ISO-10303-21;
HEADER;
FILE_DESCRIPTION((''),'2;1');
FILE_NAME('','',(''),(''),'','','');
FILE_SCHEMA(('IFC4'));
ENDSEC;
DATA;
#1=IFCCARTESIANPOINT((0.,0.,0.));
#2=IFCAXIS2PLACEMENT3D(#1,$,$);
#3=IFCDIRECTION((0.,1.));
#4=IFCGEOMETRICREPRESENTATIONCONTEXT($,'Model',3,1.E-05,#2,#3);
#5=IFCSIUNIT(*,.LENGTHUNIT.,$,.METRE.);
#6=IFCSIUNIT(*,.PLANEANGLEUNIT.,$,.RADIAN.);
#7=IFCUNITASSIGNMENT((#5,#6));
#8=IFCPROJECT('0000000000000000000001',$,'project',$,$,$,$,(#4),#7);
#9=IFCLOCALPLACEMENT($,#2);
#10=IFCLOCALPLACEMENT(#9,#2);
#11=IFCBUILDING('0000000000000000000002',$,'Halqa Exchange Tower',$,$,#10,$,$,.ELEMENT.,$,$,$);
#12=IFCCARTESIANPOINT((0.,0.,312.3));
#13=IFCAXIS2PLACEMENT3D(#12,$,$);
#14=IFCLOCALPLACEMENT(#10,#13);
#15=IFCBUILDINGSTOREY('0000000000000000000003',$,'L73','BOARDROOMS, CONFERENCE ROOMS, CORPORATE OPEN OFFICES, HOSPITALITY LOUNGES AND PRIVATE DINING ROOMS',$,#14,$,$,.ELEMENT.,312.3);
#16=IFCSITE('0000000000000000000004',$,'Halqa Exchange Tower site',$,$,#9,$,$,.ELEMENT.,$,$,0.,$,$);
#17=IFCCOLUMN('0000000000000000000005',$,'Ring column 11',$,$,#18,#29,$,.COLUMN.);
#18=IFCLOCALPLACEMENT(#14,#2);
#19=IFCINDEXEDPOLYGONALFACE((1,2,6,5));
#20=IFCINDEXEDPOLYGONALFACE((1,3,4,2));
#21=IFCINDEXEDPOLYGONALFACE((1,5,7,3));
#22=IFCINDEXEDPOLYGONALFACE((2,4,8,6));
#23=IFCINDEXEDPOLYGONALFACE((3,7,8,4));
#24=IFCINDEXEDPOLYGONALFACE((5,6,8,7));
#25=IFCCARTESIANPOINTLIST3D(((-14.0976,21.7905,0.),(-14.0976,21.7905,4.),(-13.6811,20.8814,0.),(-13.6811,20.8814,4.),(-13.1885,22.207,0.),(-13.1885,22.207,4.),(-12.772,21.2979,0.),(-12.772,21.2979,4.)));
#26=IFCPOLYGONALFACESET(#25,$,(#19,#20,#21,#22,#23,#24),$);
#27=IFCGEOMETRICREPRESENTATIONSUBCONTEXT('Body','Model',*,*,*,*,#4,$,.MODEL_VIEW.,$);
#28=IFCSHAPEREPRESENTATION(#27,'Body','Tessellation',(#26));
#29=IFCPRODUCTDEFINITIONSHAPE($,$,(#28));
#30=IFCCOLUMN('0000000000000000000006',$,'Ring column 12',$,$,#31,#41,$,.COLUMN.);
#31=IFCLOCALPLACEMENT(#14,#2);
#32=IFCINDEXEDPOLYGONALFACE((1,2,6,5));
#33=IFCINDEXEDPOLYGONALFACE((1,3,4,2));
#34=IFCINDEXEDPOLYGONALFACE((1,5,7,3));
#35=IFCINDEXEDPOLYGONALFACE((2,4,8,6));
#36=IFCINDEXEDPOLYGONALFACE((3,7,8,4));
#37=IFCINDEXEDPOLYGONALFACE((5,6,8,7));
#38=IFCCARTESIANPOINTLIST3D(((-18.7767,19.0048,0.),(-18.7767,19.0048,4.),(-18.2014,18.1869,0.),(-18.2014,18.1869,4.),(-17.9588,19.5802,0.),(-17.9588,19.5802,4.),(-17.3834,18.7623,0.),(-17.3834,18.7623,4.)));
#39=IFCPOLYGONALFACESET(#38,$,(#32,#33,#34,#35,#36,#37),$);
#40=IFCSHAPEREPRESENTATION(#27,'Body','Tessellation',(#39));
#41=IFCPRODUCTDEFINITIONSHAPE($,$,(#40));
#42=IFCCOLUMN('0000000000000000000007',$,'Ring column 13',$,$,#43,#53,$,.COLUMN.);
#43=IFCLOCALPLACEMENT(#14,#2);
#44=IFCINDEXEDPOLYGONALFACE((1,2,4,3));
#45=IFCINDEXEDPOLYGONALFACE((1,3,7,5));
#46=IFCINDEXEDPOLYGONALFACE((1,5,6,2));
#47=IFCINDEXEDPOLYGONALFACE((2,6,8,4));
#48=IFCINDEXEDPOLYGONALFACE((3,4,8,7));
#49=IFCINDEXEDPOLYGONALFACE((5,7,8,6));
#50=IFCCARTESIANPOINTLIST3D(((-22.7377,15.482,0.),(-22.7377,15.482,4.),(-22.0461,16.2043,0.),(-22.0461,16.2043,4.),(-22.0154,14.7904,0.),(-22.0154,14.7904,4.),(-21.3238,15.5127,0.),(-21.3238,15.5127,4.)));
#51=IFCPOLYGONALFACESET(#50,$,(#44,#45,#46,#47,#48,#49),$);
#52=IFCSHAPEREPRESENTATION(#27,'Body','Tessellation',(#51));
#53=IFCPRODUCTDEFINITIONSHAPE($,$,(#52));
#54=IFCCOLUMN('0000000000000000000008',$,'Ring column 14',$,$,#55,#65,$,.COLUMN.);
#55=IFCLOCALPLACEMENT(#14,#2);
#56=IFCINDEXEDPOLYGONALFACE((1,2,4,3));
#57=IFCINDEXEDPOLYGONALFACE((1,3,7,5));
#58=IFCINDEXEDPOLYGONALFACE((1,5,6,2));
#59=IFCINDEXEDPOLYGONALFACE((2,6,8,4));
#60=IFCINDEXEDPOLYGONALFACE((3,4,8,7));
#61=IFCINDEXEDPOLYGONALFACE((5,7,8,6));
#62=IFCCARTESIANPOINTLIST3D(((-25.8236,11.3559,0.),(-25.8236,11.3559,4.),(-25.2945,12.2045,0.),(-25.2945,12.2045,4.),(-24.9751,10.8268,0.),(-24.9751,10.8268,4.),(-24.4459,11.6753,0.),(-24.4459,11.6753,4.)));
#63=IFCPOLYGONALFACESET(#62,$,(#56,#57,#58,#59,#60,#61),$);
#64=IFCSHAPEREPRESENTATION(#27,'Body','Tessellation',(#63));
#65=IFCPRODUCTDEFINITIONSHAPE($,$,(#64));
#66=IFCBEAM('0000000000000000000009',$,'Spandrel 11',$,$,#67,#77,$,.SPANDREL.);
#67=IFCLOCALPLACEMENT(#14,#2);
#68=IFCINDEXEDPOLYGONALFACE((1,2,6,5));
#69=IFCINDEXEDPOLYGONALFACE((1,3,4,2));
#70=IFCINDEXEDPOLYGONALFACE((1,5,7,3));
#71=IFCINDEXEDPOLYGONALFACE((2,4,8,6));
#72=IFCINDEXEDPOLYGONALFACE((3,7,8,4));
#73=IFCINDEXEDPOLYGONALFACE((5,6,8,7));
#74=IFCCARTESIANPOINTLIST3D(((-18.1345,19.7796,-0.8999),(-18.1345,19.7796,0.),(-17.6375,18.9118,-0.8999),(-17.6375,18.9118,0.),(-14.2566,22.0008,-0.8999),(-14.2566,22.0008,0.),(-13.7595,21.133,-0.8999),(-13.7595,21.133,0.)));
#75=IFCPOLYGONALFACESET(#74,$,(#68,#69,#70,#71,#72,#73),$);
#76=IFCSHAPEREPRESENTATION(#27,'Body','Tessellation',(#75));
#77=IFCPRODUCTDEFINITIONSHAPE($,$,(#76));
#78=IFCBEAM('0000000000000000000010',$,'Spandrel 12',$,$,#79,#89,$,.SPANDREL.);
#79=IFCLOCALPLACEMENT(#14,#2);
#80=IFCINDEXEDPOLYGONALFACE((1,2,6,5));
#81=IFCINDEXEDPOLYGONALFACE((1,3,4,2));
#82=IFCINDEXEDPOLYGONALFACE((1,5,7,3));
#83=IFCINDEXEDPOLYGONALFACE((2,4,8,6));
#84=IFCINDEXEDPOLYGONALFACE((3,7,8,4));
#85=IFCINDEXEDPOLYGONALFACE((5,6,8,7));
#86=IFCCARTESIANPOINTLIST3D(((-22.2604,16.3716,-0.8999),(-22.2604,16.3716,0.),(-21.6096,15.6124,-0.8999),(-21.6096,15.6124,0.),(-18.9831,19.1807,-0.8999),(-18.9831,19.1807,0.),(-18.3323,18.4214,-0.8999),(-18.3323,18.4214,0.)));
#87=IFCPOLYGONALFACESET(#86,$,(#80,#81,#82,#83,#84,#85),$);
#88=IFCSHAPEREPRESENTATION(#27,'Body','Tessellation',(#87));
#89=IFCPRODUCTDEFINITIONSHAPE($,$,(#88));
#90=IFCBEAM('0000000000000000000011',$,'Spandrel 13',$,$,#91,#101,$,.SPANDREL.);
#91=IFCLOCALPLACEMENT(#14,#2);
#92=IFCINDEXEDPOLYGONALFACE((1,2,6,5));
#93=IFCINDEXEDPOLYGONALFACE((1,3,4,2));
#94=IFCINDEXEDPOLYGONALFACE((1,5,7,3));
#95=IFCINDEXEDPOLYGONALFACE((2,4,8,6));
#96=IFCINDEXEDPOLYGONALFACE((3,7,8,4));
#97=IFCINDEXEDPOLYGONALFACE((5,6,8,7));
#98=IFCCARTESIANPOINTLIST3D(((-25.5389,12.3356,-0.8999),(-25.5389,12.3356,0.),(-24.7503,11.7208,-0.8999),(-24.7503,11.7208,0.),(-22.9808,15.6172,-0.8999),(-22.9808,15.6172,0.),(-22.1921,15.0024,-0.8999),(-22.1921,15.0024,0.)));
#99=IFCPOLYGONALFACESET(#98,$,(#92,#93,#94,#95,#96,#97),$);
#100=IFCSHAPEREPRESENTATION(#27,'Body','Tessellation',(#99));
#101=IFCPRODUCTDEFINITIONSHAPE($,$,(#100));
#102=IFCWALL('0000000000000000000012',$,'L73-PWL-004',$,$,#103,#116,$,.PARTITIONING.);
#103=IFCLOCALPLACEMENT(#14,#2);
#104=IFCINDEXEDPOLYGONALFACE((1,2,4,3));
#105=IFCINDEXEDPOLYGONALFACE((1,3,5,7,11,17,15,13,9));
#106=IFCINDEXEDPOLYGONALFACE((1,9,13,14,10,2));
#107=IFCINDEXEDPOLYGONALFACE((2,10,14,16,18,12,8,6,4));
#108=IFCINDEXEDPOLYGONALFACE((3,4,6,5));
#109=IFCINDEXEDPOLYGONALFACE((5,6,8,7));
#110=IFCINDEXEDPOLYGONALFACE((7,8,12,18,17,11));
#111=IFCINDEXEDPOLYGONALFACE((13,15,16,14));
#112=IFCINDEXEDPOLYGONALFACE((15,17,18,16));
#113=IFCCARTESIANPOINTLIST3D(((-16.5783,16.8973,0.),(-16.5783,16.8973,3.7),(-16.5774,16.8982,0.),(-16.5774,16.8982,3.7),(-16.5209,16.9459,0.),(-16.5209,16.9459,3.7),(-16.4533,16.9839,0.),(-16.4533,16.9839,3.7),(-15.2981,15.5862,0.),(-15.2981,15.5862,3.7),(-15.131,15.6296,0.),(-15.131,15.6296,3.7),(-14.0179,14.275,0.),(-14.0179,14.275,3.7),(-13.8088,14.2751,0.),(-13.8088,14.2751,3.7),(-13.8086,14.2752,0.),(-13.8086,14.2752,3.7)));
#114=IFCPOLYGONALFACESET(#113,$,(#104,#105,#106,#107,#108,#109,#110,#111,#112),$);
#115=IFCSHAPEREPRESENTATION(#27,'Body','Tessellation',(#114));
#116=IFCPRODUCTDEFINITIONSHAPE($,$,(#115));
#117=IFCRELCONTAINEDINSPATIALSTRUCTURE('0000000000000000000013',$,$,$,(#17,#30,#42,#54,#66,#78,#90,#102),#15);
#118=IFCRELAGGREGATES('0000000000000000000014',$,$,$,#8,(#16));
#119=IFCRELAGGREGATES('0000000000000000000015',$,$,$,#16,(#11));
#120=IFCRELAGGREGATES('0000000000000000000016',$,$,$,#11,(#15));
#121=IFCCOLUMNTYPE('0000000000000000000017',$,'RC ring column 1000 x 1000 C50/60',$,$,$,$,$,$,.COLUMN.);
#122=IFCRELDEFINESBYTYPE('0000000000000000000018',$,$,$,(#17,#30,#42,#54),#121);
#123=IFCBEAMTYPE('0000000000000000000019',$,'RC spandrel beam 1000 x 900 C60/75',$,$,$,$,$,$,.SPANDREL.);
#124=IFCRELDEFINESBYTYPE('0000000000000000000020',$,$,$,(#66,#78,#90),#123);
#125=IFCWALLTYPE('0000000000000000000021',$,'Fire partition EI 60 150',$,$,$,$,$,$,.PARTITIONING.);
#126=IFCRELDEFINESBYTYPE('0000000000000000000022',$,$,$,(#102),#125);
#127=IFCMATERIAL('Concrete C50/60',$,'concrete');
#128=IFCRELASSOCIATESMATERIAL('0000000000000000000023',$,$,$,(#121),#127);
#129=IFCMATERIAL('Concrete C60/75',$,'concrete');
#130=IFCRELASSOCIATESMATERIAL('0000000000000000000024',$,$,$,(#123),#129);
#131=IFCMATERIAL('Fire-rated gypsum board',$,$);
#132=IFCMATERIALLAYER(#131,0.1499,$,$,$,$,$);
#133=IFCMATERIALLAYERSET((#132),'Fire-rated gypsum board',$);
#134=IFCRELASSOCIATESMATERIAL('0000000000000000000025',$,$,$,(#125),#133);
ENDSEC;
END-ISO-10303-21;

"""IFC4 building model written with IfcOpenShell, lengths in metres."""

from ifc_helpers import new_model, si_unit, direction, frame, origin, origin_2d, place, context, subcontext, project, spatial, polyline, rectangle, outline, extrude, material, layer, layer_set, material_profile, profile_set, type_object, element, save


model = new_model("IFC4")

# Units and contexts
model_context = context("Model", 3, precision=1e-05, world=origin(), true_north=direction((0.0, 1.0)))
body_context = subcontext(model_context, "Body", "Model", "MODEL_VIEW")
ifc_project = project(units=[si_unit("LENGTHUNIT", "METRE"), si_unit("PLANEANGLEUNIT", "RADIAN")], contexts=[model_context])

# Site, building, storey
site_placement = place(None, origin())
site = spatial("IfcSite", under=ifc_project, at=site_placement, Name="Halqa Exchange Tower site", CompositionType="ELEMENT", RefElevation=0.0)
building_placement = place(site_placement, origin())
building = spatial("IfcBuilding", under=site, at=building_placement, Name="Halqa Exchange Tower", CompositionType="ELEMENT")
storey_placement = place(building_placement, frame((0.0, 0.0, 312.3)))
storey = spatial("IfcBuildingStorey", under=building, at=storey_placement, Name="L73", Description="BOARDROOMS, CONFERENCE ROOMS, CORPORATE OPEN OFFICES, HOSPITALITY LOUNGES AND PRIVATE DINING ROOMS", CompositionType="ELEMENT", Elevation=312.3)

# Columns
ifc_material_1 = material(Name="Concrete C50/60", Category="concrete")
ifc_material_profile_1 = material_profile(ifc_material_1, rectangle(XDim=1.0, YDim=1.0, at=origin_2d()), Name="1000 x 1000")
ifc_profile_set_1 = profile_set([ifc_material_profile_1], Name="Concrete C50/60")
column_type = type_object("IfcColumnType", Name="RC ring column 1000 x 1000 C50/60", PredefinedType="COLUMN", material=ifc_profile_set_1)
for number, where, z_axis, x_axis, name in (
    (1, (-13.4348, 21.5442, 0.0), (0.0, 0.0, 1.0), (-0.909129, -0.416516, 0.0), "Ring column 11"),
    (2, (-18.0801, 18.8835, 0.0), (0.0, 0.0, 1.0), (-0.817907, -0.575351, 0.0), "Ring column 12"),
    (3, (-22.0308, 15.4973, 0.0), (0.0, 0.0, 1.0), (-0.691579, -0.722301, 0.0), "Ring column 13"),
    (4, (-25.1348, 11.5156, 0.0), (0.0, 0.0, 1.0), (-0.52914, -0.848534, 0.0), "Ring column 14"),
):
    element("IfcColumn", number, at=place(storey_placement, frame(where, z_axis=z_axis, x_axis=x_axis)), inside=storey, type_object=column_type, Name=name, PredefinedType="COLUMN", context=body_context, shape_type="SweptSolid", body=[
        extrude(rectangle(XDim=1.0, YDim=1.0, at=origin_2d()), origin(), (0.0, 0.0, 1.0), 4.0),
    ])

# Beams
ifc_material_2 = material(Name="Concrete C60/75", Category="concrete")
ifc_material_profile_2 = material_profile(ifc_material_2, rectangle(XDim=1.0, YDim=0.8999, at=origin_2d()), Name="1000 x 900")
ifc_profile_set_2 = profile_set([ifc_material_profile_2], Name="Concrete C60/75")
beam_type = type_object("IfcBeamType", Name="RC spandrel beam 1000 x 900 C60/75", PredefinedType="SPANDREL", material=ifc_profile_set_2)
beam_1_placement = place(storey_placement, frame((-14.0081, 21.5669, -0.45), z_axis=(-0.867738, -0.497021, 0.0), x_axis=(0.497021, -0.867738, 0.0)))
element("IfcBeam", 5, at=beam_1_placement, inside=storey, type_object=beam_type, Name="Spandrel 11", PredefinedType="SPANDREL", context=body_context, shape_type="SweptSolid", body=[
    extrude(rectangle(XDim=1.0, YDim=0.8999, at=origin_2d()), origin(), (0.0, 0.0, 1.0), 4.469),
])
beam_2_placement = place(storey_placement, frame((-18.6577, 18.801, -0.45), z_axis=(-0.759265, -0.650782, 0.0), x_axis=(0.650782, -0.759265, 0.0)))
element("IfcBeam", 6, at=beam_2_placement, inside=storey, type_object=beam_type, Name="Spandrel 12", PredefinedType="SPANDREL", context=body_context, shape_type="SweptSolid", body=[
    extrude(rectangle(XDim=1.0, YDim=0.8999, at=origin_2d()), origin(), (0.0, 0.0, 1.0), 4.3164),
])
beam_3_placement = place(storey_placement, frame((-22.5864, 15.3098, -0.45), z_axis=(-0.614814, -0.788672, 0.0), x_axis=(0.788672, -0.614814, 0.0)))
element("IfcBeam", 7, at=beam_3_placement, inside=storey, type_object=beam_type, Name="Spandrel 13", PredefinedType="SPANDREL", context=body_context, shape_type="SweptSolid", body=[
    extrude(rectangle(XDim=1.0, YDim=0.8999, at=origin_2d()), origin(), (0.0, 0.0, 1.0), 4.1609),
])

# Wall
ifc_material_3 = material(Name="Fire-rated gypsum board")
ifc_layer_1 = layer(ifc_material_3, 0.1499)
ifc_layer_set_1 = layer_set([ifc_layer_1], Name="Fire-rated gypsum board")
wall_type_1 = type_object("IfcWallType", Name="Fire partition EI 60 150", PredefinedType="PARTITIONING", material=ifc_layer_set_1)
wall_1_placement = place(storey_placement, frame((-16.5247, 16.9497, 0.0), z_axis=(0.0, 0.0, 1.0), x_axis=(0.6986, -0.715512, 0.0)))
element("IfcWall", 8, at=wall_1_placement, inside=storey, type_object=wall_type_1, Name="L73-PWL-004", PredefinedType="PARTITIONING", context=body_context, shape_type="SweptSolid", body=[
    extrude(outline(polyline([(0.0, -0.075), (1.8325, -0.075), (3.665, -0.075), (3.811, 0.0747), (3.811, 0.075), (1.9182, 0.075), (0.0254, 0.075), (0.0054, 0.0), (0.0, -0.0737), (0.0, -0.075)])), origin(), (0.0, 0.0, 1.0), 3.7),
])

save(model, "model.ifc")
